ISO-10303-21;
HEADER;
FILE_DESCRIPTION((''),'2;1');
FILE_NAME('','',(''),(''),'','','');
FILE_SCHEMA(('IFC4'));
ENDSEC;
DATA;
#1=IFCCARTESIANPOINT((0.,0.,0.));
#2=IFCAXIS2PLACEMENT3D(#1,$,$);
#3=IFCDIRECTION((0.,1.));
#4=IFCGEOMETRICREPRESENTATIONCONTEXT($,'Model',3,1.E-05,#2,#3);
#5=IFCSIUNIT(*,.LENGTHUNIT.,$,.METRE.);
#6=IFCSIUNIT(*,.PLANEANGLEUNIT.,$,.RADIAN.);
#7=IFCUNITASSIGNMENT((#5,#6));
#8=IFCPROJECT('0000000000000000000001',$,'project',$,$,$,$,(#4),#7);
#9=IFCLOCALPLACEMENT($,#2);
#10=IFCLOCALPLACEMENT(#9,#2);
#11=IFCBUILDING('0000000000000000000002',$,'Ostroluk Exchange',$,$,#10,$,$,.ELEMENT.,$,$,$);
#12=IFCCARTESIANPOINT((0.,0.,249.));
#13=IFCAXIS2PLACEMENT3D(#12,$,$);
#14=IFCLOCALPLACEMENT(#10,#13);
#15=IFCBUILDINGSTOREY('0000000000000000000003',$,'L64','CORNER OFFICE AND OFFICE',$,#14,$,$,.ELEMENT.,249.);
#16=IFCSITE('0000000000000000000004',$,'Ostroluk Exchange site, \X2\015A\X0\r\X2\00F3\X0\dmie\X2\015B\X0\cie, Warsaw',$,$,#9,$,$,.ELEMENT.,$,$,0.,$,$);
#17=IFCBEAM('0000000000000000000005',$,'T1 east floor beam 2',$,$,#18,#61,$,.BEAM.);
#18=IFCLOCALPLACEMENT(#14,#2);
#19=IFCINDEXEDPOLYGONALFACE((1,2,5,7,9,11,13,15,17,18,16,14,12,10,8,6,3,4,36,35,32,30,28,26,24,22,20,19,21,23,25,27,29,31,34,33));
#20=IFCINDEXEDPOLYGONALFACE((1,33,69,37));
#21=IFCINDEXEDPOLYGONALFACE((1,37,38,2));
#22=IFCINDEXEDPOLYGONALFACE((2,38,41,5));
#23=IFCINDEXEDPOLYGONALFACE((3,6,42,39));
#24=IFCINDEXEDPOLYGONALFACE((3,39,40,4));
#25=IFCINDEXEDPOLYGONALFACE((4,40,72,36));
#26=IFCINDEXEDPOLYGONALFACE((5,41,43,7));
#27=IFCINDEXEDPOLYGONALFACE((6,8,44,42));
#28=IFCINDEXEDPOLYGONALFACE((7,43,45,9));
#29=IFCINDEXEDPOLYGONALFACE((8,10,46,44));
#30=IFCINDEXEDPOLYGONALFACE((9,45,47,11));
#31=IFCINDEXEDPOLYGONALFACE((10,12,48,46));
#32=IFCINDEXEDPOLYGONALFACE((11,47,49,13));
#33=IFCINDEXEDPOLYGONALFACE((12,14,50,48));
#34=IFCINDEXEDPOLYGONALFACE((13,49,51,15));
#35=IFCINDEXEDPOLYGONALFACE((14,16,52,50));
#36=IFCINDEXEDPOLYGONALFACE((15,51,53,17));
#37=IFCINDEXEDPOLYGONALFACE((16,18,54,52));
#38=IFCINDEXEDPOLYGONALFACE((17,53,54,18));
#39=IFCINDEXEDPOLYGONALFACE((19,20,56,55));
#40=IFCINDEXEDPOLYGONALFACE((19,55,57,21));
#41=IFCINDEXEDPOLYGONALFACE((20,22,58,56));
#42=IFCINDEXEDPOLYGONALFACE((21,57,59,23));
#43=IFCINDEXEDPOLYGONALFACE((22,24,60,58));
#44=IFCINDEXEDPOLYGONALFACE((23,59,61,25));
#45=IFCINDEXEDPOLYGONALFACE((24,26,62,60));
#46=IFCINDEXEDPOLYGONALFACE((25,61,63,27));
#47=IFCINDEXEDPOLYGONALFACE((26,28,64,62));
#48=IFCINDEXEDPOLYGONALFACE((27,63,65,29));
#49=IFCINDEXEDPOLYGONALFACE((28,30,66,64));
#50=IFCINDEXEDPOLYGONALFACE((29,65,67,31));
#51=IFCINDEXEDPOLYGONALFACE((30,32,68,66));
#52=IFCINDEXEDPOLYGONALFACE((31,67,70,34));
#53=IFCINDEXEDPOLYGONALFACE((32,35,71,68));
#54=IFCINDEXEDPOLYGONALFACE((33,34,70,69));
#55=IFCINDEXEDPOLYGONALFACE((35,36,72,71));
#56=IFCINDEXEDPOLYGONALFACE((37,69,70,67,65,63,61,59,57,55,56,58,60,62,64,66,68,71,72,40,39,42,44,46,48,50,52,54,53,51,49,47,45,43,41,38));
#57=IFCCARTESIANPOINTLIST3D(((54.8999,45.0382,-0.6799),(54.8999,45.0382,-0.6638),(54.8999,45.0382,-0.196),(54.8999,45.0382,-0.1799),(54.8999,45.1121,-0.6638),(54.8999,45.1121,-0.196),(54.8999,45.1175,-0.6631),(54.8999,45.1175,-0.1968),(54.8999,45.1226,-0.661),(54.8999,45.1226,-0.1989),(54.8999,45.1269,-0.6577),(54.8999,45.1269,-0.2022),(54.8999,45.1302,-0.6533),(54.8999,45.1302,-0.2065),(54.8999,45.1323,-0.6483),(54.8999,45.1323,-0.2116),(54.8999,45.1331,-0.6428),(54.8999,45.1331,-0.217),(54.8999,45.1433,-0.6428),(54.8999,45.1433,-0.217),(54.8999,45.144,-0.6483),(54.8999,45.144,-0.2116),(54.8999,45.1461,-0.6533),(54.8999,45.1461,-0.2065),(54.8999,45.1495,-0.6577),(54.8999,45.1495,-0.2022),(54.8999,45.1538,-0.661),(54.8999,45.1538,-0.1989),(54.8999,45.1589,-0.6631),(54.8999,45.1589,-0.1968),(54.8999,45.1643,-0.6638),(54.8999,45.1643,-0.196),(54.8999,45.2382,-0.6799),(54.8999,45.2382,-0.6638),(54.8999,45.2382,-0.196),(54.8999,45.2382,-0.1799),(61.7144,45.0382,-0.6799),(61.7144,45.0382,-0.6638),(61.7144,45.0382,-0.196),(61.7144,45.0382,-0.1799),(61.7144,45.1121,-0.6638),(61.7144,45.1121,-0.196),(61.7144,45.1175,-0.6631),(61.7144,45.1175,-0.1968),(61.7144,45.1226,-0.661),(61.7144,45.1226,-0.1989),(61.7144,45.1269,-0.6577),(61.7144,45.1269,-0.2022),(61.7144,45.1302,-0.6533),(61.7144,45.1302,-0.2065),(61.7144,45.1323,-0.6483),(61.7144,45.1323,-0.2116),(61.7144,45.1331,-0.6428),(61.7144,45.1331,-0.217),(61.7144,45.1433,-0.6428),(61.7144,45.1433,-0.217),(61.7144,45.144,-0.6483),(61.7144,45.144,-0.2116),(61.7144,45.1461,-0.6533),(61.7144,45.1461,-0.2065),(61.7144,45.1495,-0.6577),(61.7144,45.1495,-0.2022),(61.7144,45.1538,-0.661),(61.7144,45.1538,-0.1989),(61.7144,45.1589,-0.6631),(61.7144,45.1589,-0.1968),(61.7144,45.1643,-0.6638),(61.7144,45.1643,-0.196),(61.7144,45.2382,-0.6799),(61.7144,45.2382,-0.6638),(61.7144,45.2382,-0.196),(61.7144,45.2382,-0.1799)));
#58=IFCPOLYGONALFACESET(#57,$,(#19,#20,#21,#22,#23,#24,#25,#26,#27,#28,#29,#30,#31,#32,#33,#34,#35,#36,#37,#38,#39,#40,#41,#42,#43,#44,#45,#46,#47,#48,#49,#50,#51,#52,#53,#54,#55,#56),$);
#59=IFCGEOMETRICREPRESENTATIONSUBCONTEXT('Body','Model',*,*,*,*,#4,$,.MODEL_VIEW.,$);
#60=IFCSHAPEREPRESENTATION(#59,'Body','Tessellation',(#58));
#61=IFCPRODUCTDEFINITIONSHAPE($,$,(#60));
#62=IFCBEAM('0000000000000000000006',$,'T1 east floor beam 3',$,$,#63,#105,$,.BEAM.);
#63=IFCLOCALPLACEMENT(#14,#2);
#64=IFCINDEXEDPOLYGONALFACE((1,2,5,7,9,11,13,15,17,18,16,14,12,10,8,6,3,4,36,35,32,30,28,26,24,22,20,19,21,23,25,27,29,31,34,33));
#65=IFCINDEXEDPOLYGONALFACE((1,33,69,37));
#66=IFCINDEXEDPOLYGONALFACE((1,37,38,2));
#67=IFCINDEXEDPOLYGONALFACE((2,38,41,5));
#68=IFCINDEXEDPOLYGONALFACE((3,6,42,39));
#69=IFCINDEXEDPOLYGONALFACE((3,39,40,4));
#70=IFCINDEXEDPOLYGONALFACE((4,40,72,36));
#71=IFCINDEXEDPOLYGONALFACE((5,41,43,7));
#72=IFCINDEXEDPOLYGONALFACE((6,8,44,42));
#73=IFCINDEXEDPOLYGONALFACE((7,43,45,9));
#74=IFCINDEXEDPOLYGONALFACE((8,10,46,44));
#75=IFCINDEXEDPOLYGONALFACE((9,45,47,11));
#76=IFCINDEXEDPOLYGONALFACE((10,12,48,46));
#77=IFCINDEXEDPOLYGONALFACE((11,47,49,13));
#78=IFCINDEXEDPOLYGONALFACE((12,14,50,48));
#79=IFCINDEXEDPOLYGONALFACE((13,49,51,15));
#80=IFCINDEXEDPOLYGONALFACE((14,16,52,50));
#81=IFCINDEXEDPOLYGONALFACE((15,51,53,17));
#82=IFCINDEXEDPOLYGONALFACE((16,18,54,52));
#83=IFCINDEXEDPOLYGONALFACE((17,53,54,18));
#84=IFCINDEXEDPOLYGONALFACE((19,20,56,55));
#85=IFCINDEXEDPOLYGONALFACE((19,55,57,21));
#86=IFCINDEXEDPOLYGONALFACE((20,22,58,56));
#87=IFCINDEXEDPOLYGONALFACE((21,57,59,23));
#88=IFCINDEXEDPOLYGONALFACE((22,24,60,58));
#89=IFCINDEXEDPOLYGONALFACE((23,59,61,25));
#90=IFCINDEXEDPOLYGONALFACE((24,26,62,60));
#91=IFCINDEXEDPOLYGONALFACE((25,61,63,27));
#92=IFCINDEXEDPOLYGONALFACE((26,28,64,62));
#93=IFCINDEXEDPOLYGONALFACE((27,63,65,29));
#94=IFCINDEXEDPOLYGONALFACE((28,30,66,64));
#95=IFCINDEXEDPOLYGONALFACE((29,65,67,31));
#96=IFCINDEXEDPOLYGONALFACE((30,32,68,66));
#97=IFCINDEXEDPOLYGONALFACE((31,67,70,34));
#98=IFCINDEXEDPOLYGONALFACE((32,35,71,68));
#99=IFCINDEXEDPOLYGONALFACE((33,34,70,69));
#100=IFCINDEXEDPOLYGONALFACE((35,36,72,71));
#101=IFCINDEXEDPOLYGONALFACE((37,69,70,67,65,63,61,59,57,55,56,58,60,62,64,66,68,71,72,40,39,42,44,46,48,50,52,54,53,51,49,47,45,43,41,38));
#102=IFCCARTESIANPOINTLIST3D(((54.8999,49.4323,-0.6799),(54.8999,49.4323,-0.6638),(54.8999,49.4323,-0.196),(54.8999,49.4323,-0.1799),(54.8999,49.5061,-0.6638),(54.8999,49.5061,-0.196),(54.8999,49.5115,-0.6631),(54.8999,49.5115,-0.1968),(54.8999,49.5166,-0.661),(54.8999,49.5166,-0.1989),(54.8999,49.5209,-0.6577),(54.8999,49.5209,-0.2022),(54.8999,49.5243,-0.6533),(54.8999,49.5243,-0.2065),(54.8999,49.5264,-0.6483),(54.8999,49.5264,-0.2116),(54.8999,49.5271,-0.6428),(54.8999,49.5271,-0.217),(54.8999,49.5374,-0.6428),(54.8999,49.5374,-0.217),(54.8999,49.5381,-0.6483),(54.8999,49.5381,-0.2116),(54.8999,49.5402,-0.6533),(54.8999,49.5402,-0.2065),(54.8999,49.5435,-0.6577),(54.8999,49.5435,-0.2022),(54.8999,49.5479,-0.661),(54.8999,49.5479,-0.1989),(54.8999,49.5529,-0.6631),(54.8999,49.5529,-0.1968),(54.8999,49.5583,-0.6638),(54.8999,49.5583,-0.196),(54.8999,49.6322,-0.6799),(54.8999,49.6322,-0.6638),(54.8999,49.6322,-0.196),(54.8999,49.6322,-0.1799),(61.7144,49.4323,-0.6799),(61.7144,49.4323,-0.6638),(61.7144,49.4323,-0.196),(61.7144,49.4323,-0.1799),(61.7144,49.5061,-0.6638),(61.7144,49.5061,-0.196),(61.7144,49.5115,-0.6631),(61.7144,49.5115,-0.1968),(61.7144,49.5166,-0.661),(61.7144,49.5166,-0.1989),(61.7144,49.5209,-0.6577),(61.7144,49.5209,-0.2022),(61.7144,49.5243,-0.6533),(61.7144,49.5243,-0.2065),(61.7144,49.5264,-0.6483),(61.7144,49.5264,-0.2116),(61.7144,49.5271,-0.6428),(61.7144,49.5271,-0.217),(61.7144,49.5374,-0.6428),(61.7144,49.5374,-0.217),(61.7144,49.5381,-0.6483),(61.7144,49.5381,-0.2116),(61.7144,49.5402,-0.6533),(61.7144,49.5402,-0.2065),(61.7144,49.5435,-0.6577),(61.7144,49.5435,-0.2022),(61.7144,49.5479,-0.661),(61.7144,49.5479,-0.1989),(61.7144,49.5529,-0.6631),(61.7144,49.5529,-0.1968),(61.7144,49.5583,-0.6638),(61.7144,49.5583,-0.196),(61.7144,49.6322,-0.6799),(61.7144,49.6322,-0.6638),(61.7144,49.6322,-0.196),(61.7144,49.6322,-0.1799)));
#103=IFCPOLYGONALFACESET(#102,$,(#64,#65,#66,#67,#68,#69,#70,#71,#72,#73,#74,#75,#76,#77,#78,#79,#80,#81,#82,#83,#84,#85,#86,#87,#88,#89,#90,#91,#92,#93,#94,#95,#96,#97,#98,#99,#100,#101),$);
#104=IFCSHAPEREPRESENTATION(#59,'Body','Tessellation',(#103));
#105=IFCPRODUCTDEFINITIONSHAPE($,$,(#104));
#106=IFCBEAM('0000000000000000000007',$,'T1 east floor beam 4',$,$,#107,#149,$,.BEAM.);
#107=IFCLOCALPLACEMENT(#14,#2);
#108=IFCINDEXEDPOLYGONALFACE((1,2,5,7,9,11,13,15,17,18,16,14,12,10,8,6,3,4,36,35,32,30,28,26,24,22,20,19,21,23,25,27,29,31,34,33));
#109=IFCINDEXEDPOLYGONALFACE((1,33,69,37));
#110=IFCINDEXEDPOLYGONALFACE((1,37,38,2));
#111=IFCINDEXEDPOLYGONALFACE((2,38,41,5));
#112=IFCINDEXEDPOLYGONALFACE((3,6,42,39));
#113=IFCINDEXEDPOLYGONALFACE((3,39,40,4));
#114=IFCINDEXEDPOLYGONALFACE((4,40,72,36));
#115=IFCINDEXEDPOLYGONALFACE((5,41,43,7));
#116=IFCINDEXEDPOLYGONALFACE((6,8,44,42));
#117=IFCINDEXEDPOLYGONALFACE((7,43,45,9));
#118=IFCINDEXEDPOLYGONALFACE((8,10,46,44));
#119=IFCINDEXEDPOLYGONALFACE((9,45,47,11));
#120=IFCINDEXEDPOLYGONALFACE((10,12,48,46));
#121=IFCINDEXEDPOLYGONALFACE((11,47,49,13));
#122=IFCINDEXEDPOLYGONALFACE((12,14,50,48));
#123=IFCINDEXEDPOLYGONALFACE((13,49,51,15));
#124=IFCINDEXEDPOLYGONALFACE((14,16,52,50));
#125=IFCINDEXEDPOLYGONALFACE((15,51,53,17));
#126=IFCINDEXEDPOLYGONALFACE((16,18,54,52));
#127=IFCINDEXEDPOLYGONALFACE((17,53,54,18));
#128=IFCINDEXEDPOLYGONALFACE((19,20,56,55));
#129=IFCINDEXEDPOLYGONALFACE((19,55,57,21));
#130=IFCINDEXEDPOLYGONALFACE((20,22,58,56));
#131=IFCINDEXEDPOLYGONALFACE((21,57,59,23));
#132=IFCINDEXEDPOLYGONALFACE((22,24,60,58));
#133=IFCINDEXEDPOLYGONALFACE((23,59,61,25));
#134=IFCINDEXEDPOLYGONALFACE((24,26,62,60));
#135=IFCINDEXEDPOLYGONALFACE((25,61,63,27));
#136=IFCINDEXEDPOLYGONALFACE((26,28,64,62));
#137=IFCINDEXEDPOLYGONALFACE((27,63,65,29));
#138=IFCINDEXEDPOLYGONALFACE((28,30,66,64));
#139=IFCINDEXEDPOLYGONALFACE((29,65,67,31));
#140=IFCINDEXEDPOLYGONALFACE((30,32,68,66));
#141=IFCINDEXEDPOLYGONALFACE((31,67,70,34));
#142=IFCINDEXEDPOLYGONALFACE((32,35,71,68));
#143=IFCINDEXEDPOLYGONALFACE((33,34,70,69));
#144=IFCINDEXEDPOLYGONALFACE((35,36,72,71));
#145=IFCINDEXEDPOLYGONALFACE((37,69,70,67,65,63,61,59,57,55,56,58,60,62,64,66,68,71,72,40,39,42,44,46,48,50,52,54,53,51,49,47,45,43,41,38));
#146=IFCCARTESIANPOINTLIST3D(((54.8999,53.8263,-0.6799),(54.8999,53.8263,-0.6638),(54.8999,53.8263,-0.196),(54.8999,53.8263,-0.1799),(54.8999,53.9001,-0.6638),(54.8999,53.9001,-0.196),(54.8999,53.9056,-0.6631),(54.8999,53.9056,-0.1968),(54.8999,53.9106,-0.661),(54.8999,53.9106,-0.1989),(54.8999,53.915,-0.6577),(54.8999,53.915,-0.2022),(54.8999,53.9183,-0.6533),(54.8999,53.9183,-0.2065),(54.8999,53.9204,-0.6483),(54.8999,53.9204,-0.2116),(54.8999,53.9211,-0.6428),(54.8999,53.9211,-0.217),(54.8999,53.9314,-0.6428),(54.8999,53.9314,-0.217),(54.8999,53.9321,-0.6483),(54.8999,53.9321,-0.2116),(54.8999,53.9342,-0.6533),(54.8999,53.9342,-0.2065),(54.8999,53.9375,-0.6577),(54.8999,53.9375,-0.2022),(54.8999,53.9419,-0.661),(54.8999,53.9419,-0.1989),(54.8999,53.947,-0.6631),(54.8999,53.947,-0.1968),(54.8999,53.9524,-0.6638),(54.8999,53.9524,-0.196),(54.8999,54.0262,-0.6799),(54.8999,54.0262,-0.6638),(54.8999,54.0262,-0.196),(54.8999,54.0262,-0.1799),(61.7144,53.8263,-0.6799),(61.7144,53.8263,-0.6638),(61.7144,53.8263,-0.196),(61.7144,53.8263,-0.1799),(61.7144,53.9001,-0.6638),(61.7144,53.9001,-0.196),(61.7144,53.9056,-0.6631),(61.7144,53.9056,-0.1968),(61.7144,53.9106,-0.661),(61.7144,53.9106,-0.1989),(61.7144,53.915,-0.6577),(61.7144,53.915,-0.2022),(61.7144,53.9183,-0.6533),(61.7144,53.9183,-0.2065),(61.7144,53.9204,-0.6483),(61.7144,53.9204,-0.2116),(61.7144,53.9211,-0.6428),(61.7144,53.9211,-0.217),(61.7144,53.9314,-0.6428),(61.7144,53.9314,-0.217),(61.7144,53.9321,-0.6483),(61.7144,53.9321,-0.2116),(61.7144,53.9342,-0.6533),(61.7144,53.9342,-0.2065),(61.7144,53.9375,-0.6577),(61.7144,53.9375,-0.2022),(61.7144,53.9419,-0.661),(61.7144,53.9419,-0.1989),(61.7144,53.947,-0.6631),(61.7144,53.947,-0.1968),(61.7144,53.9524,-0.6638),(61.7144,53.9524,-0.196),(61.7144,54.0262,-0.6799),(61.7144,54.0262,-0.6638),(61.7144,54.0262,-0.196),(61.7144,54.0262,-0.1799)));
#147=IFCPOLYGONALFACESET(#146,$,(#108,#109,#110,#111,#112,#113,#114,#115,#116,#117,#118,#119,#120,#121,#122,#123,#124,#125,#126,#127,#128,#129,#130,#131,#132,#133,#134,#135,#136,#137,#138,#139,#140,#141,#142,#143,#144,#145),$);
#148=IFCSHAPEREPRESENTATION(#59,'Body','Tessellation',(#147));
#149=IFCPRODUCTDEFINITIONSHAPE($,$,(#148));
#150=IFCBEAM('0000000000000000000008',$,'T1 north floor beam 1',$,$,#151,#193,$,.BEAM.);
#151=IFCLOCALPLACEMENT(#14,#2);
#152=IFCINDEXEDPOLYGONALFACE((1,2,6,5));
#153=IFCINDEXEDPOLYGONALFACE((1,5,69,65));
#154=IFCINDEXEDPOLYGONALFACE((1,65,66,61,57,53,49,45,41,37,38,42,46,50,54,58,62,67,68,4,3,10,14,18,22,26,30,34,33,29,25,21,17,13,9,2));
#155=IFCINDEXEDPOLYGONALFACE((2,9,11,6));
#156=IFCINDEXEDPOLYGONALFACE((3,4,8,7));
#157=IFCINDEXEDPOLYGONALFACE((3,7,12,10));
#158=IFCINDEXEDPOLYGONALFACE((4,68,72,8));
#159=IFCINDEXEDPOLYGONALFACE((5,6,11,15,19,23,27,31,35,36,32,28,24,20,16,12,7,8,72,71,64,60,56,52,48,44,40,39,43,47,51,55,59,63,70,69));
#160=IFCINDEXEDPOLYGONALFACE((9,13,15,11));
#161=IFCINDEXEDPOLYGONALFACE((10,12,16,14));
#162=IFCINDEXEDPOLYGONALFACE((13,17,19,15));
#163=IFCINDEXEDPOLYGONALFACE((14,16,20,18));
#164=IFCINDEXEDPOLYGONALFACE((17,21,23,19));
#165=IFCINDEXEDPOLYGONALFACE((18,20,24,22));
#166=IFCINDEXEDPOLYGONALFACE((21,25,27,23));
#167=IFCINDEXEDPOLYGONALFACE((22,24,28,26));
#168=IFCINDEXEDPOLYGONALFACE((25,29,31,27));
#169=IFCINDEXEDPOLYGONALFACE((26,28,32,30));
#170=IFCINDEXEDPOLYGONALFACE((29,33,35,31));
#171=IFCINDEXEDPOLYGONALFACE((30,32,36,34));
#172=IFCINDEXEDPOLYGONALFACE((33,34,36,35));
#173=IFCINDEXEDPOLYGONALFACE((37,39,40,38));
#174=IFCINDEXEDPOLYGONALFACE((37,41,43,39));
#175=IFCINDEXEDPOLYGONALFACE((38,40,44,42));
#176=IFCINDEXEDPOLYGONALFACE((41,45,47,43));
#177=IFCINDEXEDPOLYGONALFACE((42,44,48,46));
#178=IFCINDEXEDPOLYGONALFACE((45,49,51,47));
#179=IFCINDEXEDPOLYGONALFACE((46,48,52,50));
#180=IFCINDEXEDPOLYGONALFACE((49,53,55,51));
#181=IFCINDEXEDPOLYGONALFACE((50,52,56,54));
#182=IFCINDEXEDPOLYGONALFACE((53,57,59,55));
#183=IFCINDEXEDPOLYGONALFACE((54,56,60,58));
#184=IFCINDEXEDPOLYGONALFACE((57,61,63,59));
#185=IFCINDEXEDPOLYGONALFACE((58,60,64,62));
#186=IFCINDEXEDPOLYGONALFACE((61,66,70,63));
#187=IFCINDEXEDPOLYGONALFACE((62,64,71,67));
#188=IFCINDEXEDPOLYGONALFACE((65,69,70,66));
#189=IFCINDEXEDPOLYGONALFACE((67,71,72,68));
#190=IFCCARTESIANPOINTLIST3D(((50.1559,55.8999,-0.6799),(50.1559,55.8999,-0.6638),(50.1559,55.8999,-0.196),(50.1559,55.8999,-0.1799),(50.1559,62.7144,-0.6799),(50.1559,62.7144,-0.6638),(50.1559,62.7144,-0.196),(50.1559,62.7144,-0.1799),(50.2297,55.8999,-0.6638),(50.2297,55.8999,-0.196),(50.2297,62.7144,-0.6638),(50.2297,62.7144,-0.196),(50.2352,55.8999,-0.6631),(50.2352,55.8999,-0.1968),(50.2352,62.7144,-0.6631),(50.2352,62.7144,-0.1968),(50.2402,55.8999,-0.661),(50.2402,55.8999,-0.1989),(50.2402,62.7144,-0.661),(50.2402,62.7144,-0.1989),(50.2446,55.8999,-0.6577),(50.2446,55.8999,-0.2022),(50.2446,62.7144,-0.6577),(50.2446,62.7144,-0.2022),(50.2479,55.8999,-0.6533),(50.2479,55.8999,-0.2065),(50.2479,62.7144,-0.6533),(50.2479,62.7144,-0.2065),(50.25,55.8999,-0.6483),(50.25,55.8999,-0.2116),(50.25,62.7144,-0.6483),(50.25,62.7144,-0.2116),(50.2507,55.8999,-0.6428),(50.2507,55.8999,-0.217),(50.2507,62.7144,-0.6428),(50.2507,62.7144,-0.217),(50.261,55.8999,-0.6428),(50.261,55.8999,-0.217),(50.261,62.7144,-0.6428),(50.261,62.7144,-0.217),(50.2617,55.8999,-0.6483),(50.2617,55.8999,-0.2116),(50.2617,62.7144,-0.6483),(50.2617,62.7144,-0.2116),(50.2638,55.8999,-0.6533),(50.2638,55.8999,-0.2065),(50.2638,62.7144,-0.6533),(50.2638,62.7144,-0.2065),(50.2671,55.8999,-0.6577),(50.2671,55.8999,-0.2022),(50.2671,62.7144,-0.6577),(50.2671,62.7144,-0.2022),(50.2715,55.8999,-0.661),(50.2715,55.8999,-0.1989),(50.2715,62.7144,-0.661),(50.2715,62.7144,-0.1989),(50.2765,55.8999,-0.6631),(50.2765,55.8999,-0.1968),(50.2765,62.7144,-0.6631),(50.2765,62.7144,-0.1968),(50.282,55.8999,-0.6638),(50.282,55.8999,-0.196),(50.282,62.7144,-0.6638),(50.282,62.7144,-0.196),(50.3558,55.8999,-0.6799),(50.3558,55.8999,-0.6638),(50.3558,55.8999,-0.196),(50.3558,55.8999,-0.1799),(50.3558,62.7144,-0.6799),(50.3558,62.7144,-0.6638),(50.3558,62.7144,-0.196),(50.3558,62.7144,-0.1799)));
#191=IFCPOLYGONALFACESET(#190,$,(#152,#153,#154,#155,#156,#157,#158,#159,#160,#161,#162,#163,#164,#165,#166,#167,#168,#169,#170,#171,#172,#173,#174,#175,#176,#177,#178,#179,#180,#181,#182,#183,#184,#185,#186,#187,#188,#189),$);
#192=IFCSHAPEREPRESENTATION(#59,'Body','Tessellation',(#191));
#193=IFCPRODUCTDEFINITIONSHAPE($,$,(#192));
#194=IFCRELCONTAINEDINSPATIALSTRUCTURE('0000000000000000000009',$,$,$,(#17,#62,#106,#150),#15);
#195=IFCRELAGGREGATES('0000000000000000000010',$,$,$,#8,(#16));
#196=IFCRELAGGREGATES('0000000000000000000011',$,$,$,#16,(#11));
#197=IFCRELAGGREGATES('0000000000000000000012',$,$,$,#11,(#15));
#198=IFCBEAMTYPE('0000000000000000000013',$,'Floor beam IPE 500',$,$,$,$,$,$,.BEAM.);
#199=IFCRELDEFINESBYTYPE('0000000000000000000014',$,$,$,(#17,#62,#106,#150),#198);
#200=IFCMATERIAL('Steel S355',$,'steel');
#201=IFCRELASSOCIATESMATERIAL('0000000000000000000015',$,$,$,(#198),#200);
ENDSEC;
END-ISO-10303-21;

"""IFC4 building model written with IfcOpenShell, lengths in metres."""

from ifc_helpers import new_model, si_unit, direction, frame, origin, origin_2d, place, context, subcontext, project, spatial, i_section, extrude, material, material_profile, profile_set, type_object, element, save


model = new_model("IFC4")

# Units and contexts
model_context = context("Model", 3, precision=1e-05, world=origin(), true_north=direction((0.0, 1.0)))
body_context = subcontext(model_context, "Body", "Model", "MODEL_VIEW")
ifc_project = project(units=[si_unit("LENGTHUNIT", "METRE"), si_unit("PLANEANGLEUNIT", "RADIAN")], contexts=[model_context])

# Site, building, storey
site_placement = place(None, origin())
site = spatial("IfcSite", under=ifc_project, at=site_placement, Name="Ostroluk Exchange site, Śródmieście, Warsaw", CompositionType="ELEMENT", RefElevation=0.0)
building_placement = place(site_placement, origin())
building = spatial("IfcBuilding", under=site, at=building_placement, Name="Ostroluk Exchange", CompositionType="ELEMENT")
storey_placement = place(building_placement, frame((0.0, 0.0, 249.0)))
storey = spatial("IfcBuildingStorey", under=building, at=storey_placement, Name="L64", Description="CORNER OFFICE AND OFFICE", CompositionType="ELEMENT", Elevation=249.0)

# Beams
ifc_material_1 = material(Name="Steel S355", Category="steel")
ifc_material_profile_1 = material_profile(ifc_material_1, i_section(OverallWidth=0.2, OverallDepth=0.5, WebThickness=0.0103, FlangeThickness=0.0161, FilletRadius=0.021, at=origin_2d()), Name="IPE 500")
ifc_profile_set_1 = profile_set([ifc_material_profile_1], Name="Steel S355")
beam_type_1 = type_object("IfcBeamType", Name="Floor beam IPE 500", PredefinedType="BEAM", material=ifc_profile_set_1)
for number, where, z_axis, x_axis, name in (
    (1, (54.8999, 45.1382, -0.4299), (1.0, 0.0, 0.0), (0.0, 1.0, 0.0), "T1 east floor beam 2"),
    (2, (54.8999, 49.5322, -0.4299), (1.0, 0.0, 0.0), (0.0, 1.0, 0.0), "T1 east floor beam 3"),
    (3, (54.8999, 53.9263, -0.4299), (1.0, 0.0, 0.0), (0.0, 1.0, 0.0), "T1 east floor beam 4"),
    (4, (50.2559, 55.8999, -0.4299), (0.0, 1.0, 0.0), (-1.0, 0.0, 0.0), "T1 north floor beam 1"),
):
    element("IfcBeam", number, at=place(storey_placement, frame(where, z_axis=z_axis, x_axis=x_axis)), inside=storey, type_object=beam_type_1, Name=name, PredefinedType="BEAM", context=body_context, shape_type="SweptSolid", body=[
        extrude(i_section(OverallWidth=0.2, OverallDepth=0.5, WebThickness=0.0103, FlangeThickness=0.0161, FilletRadius=0.021, at=origin_2d()), origin(), (0.0, 0.0, 1.0), 6.8145),
    ])

save(model, "model.ifc")
